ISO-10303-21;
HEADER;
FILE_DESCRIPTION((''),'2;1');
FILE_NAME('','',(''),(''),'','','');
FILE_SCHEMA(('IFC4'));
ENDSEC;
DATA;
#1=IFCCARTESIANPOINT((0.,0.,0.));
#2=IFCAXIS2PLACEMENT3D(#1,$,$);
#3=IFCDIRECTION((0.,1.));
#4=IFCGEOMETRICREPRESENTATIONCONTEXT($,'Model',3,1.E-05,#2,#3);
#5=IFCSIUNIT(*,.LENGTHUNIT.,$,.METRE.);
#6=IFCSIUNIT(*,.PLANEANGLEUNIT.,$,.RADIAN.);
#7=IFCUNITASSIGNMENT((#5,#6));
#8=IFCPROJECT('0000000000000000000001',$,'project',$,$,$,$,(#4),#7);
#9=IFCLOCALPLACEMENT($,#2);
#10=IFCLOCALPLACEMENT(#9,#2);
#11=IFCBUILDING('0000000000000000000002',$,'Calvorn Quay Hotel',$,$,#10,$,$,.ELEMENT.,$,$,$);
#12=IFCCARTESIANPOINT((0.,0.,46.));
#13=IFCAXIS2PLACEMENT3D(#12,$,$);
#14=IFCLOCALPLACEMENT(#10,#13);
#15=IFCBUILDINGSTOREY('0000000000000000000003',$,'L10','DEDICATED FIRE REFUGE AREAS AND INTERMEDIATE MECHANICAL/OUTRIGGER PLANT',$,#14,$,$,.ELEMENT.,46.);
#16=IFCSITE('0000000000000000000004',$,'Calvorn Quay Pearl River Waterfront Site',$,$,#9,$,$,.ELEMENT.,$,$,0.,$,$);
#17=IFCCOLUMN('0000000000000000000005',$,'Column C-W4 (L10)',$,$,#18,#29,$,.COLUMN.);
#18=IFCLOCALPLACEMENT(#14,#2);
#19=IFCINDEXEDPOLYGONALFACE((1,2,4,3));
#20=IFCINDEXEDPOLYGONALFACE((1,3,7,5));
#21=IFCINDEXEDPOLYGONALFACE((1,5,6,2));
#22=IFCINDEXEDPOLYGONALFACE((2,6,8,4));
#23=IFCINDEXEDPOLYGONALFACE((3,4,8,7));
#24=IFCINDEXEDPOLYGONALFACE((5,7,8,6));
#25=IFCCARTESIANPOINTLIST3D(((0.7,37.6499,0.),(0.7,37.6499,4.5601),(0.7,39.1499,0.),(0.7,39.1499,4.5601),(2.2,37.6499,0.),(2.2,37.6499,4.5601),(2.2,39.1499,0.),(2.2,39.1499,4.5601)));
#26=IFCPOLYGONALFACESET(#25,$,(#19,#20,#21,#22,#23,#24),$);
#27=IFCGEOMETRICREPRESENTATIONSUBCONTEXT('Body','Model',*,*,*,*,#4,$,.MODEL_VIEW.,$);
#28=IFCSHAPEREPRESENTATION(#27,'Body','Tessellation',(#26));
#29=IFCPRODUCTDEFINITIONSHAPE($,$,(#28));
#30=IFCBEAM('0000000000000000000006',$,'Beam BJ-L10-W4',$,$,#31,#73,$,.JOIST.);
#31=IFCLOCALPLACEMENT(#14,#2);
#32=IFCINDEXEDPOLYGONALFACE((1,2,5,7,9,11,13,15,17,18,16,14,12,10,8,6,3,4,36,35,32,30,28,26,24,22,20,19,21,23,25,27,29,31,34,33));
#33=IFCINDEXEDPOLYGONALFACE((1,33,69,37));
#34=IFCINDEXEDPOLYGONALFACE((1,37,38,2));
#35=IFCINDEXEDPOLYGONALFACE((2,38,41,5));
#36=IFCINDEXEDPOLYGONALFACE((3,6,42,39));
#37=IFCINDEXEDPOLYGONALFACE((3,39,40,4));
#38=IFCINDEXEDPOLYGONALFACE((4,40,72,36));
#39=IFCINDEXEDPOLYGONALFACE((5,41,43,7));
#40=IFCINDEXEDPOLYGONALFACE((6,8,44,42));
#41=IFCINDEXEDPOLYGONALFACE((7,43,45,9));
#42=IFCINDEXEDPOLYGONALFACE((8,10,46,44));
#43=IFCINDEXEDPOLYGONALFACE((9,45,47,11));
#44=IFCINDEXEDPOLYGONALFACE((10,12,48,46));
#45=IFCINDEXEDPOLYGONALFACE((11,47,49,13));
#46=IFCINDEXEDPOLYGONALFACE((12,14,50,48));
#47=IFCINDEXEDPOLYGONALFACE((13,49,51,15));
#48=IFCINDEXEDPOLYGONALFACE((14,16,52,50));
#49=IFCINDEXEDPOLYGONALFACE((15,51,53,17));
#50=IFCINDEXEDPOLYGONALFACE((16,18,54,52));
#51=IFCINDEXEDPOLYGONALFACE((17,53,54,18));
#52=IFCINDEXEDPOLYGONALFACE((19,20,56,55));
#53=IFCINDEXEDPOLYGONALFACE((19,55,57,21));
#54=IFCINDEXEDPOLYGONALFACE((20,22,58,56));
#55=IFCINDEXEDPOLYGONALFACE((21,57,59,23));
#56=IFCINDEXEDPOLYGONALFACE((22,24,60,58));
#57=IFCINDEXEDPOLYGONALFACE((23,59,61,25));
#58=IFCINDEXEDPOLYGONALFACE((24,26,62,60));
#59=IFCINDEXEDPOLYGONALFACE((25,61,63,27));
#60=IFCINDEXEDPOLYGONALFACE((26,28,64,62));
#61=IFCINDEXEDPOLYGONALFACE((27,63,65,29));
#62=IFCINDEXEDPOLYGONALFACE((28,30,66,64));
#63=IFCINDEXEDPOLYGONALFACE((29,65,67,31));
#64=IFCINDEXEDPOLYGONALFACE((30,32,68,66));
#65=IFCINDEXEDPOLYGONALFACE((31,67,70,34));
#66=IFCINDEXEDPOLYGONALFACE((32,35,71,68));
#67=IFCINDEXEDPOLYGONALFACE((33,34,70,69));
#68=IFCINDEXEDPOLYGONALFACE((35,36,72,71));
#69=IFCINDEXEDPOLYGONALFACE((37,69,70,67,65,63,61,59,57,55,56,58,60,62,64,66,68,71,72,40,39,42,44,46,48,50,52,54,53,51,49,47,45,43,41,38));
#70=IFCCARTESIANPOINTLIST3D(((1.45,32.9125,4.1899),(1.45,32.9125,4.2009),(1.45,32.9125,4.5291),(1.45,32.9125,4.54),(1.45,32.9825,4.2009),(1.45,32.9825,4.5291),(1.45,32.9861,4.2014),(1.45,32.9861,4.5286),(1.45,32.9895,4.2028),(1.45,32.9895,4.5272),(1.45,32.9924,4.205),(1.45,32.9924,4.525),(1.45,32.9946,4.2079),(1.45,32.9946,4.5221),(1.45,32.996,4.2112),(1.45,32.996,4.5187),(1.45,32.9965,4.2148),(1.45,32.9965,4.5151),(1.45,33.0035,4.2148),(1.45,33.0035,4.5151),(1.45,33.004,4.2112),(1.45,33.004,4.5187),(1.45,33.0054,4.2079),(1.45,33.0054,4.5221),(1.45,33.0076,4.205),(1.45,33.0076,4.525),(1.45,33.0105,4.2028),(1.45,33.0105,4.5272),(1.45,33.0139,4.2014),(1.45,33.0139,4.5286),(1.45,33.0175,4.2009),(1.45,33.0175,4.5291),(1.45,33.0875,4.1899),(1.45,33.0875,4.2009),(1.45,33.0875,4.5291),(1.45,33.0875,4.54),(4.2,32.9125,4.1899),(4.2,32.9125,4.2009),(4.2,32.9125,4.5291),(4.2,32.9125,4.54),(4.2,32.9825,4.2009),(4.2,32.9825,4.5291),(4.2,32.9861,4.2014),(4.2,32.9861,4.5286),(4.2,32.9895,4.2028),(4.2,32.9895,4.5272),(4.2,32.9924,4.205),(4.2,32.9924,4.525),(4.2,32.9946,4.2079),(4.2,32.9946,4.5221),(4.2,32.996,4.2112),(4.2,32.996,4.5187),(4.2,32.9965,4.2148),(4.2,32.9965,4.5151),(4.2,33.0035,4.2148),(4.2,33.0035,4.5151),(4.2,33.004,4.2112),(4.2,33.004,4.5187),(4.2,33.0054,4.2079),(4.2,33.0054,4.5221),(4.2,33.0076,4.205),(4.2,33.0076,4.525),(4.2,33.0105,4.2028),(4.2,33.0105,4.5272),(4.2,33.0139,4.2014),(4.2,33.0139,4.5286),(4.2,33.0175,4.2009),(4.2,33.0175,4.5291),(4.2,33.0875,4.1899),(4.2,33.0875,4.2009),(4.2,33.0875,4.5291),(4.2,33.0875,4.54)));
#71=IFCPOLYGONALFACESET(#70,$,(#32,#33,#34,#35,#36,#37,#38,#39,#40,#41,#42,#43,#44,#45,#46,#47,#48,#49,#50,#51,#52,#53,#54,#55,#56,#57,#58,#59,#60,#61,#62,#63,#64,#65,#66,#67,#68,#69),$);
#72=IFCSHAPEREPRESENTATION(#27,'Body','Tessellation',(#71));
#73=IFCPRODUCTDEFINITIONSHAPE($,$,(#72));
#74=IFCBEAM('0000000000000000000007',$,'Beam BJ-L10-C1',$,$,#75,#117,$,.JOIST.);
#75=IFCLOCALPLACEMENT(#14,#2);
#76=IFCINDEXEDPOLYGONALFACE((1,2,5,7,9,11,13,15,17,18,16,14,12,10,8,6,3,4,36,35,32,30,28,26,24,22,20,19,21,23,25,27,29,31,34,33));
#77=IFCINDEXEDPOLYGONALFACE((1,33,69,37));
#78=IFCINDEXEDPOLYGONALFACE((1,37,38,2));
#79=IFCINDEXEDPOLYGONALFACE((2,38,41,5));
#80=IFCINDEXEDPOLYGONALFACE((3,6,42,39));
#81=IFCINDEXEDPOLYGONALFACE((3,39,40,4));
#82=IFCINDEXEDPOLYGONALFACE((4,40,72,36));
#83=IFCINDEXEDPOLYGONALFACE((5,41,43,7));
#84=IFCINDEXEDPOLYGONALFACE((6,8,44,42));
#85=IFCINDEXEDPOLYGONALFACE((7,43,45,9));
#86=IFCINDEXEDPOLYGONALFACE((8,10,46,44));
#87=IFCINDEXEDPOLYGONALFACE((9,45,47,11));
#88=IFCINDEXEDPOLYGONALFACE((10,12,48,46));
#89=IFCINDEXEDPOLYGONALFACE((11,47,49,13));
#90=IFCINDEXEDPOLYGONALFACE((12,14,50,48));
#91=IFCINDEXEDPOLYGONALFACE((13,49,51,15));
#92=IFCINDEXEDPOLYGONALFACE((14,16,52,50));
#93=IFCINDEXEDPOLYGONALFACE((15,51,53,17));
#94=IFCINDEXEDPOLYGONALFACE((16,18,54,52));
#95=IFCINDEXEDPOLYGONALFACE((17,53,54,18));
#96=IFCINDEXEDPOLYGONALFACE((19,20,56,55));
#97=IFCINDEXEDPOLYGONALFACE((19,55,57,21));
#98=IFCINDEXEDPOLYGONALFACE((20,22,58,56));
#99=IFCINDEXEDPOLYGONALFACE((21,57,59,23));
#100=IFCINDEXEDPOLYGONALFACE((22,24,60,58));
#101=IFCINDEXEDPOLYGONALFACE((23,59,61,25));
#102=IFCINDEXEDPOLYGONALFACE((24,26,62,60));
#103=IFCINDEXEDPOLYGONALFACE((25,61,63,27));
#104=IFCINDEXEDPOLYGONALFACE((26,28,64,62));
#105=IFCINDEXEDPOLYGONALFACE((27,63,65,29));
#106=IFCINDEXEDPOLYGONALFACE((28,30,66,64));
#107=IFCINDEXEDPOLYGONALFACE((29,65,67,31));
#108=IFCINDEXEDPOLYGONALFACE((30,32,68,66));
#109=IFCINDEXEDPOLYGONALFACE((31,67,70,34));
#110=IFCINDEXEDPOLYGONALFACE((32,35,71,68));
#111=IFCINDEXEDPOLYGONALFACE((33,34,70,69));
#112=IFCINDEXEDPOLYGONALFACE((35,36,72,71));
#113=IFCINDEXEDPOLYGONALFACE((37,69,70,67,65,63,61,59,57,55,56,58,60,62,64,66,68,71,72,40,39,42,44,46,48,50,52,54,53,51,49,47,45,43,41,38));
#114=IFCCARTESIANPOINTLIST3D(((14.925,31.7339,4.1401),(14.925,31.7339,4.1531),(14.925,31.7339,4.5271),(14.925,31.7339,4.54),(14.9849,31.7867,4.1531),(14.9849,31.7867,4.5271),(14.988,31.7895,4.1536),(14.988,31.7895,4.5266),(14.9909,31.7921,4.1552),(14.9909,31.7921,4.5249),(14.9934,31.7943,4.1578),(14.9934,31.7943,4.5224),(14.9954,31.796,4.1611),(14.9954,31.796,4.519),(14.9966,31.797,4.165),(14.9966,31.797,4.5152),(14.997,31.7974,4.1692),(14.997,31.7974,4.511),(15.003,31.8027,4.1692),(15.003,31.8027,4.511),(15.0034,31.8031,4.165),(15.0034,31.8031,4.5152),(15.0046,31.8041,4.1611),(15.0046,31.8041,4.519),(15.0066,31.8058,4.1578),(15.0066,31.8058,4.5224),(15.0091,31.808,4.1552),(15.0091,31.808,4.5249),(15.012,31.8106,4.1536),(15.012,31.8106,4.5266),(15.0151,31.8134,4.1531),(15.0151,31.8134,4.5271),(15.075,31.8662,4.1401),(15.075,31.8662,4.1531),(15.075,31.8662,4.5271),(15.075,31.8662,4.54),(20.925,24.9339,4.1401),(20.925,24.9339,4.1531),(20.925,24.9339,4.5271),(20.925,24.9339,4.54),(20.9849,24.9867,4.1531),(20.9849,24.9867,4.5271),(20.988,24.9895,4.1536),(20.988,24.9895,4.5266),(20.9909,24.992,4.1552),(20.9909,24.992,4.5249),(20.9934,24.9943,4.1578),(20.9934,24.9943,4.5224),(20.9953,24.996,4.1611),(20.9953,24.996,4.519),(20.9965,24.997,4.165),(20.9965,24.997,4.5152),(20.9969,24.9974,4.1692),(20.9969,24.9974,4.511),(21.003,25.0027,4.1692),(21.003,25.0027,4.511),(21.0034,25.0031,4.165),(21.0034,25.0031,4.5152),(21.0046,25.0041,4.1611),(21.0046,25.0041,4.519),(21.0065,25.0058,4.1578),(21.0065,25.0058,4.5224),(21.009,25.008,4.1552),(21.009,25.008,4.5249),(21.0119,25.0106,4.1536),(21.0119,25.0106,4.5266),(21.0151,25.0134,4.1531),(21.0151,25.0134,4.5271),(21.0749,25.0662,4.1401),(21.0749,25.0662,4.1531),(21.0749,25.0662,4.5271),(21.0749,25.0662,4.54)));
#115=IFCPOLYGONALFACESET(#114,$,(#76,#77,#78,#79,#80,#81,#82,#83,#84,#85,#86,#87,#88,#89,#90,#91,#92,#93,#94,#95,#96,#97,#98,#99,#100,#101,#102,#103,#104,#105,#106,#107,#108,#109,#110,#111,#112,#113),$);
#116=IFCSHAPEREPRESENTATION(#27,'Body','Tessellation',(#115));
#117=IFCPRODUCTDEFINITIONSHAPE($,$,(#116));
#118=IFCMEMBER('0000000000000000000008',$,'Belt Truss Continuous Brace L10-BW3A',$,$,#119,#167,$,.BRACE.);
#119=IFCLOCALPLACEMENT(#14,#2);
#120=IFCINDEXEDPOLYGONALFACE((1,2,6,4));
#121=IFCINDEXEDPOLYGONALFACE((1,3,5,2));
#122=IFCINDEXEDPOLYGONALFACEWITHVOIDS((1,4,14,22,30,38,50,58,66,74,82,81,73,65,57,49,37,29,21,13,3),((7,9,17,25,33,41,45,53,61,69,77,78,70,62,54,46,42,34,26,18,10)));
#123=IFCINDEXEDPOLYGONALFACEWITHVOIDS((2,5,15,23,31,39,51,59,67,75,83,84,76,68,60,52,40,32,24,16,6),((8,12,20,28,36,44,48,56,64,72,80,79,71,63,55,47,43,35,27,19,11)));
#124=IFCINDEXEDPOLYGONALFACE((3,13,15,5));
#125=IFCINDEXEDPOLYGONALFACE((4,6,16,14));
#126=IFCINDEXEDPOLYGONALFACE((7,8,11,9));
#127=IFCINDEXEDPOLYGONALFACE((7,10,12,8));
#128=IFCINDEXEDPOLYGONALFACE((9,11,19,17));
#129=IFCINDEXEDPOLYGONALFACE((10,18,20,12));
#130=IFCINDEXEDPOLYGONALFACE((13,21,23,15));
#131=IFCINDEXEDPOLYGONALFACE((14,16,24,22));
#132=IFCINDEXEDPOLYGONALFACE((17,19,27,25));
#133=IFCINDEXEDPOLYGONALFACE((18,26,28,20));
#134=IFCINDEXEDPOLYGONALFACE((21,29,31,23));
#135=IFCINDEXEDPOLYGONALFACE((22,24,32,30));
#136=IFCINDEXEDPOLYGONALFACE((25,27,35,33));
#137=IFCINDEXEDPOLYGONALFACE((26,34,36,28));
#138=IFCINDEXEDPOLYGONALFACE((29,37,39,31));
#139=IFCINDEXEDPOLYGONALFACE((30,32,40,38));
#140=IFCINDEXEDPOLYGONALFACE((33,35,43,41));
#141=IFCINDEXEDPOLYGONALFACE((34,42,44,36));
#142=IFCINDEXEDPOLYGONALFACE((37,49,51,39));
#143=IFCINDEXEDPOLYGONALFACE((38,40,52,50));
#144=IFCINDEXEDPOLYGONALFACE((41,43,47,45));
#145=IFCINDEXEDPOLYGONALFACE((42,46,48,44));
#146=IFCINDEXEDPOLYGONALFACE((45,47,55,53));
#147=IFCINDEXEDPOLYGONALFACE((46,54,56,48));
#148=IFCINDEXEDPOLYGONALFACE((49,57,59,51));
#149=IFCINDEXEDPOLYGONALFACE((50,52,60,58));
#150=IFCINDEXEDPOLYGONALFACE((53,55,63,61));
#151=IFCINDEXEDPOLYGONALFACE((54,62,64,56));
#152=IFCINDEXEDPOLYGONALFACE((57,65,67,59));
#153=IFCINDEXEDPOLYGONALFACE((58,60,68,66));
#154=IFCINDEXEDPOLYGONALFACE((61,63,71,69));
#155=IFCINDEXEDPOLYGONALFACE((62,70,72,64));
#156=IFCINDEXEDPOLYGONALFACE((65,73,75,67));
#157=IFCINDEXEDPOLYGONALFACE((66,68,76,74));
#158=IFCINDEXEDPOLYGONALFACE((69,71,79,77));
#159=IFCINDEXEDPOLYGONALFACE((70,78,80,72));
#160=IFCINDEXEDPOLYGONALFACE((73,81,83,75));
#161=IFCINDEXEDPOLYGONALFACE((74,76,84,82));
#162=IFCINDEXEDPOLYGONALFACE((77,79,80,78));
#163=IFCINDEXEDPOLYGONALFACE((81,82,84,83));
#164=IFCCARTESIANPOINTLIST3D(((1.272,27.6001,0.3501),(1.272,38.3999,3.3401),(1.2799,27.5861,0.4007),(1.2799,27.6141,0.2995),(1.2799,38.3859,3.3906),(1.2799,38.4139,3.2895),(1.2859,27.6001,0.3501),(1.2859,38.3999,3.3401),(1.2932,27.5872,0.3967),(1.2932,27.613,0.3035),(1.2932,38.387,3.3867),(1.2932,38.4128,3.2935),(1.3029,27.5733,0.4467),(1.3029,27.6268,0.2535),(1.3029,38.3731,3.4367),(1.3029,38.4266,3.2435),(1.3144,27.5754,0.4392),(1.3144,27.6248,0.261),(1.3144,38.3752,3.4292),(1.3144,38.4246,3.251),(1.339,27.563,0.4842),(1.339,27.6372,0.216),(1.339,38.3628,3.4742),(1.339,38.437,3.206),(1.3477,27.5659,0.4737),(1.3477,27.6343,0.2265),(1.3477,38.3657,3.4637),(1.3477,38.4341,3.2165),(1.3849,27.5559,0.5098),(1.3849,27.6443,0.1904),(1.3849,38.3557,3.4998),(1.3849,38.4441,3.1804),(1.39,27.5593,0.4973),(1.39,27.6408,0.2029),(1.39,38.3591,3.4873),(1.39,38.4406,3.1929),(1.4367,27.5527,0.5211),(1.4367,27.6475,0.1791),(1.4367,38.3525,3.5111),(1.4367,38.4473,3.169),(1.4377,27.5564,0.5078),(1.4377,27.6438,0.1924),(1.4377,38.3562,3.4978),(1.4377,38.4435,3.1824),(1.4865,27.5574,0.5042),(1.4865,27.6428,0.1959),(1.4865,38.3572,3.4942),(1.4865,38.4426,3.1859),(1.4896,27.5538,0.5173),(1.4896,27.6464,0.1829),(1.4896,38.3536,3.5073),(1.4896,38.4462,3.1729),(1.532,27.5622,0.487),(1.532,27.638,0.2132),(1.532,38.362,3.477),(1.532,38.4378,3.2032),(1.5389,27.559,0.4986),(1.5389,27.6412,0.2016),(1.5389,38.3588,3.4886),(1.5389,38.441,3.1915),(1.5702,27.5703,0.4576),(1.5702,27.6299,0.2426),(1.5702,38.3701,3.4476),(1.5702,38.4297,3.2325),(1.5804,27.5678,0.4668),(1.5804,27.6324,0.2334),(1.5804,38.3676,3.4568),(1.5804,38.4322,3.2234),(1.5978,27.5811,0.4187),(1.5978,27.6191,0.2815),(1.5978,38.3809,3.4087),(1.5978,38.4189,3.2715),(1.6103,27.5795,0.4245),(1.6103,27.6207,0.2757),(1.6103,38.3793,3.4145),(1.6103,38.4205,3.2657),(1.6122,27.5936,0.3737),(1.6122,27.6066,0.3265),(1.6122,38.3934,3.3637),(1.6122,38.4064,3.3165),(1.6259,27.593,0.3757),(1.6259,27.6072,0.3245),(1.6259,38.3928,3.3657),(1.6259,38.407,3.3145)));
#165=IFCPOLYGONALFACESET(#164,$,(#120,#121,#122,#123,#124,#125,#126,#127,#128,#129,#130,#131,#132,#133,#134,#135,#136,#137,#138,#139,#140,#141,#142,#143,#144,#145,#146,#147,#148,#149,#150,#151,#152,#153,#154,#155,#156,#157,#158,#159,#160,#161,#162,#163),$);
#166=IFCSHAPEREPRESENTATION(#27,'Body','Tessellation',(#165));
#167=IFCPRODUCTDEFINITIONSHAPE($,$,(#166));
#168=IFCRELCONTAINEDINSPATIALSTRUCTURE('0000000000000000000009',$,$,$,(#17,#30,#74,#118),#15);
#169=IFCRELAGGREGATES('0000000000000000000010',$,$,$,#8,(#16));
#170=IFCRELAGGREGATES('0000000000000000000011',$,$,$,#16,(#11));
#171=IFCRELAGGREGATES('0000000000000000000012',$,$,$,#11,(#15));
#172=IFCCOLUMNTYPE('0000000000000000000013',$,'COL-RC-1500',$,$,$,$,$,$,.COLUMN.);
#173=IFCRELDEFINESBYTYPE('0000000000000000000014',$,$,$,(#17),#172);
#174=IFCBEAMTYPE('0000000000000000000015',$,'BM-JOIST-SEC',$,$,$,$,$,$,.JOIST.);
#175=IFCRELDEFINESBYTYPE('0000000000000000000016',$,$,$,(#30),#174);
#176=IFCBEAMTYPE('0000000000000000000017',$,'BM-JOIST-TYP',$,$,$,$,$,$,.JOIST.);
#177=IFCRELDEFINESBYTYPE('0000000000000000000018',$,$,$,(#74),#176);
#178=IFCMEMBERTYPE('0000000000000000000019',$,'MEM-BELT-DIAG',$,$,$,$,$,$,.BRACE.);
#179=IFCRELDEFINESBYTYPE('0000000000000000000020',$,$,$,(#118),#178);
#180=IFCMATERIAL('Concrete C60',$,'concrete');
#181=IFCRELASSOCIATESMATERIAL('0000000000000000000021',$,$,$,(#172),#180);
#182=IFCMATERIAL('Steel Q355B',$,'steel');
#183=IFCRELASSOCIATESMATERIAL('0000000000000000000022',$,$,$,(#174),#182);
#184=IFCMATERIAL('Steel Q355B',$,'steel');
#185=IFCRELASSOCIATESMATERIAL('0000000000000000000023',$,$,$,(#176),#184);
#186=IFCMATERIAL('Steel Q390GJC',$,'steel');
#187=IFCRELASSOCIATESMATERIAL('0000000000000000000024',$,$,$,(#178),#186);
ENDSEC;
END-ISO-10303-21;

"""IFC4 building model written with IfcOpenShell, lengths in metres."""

from ifc_helpers import new_model, si_unit, direction, frame, origin, origin_2d, place, context, subcontext, project, spatial, rectangle, hollow_circle, i_section, extrude, material, material_profile, profile_set, type_object, element, save


model = new_model("IFC4")

# Units and contexts
model_context = context("Model", 3, precision=1e-05, world=origin(), true_north=direction((0.0, 1.0)))
body_context = subcontext(model_context, "Body", "Model", "MODEL_VIEW")
ifc_project = project(units=[si_unit("LENGTHUNIT", "METRE"), si_unit("PLANEANGLEUNIT", "RADIAN")], contexts=[model_context])

# Site, building, storey
site_placement = place(None, origin())
site = spatial("IfcSite", under=ifc_project, at=site_placement, Name="Calvorn Quay Pearl River Waterfront Site", CompositionType="ELEMENT", RefElevation=0.0)
building_placement = place(site_placement, origin())
building = spatial("IfcBuilding", under=site, at=building_placement, Name="Calvorn Quay Hotel", CompositionType="ELEMENT")
storey_placement = place(building_placement, frame((0.0, 0.0, 46.0)))
storey = spatial("IfcBuildingStorey", under=building, at=storey_placement, Name="L10", Description="DEDICATED FIRE REFUGE AREAS AND INTERMEDIATE MECHANICAL/OUTRIGGER PLANT", CompositionType="ELEMENT", Elevation=46.0)

# Column
ifc_material_1 = material(Name="Concrete C60", Category="concrete")
ifc_material_profile_1 = material_profile(ifc_material_1, rectangle(XDim=1.5, YDim=1.5, at=origin_2d()), Name="RC1500x1500")
ifc_profile_set_1 = profile_set([ifc_material_profile_1], Name="Concrete C60")
column_type = type_object("IfcColumnType", Name="COL-RC-1500", PredefinedType="COLUMN", material=ifc_profile_set_1)
column_placement = place(storey_placement, frame((1.45, 38.3999, 0.0), z_axis=(0.0, 0.0, 1.0), x_axis=(1.0, 0.0, 0.0)))
element("IfcColumn", 1, at=column_placement, inside=storey, type_object=column_type, Name="Column C-W4 (L10)", PredefinedType="COLUMN", context=body_context, shape_type="SweptSolid", body=[
    extrude(rectangle(XDim=1.5, YDim=1.5, at=origin_2d()), origin(), (0.0, 0.0, 1.0), 4.5601),
])

# Beams
ifc_material_2 = material(Name="Steel Q355B", Category="steel")
ifc_material_profile_2 = material_profile(ifc_material_2, i_section(OverallWidth=0.175, OverallDepth=0.3501, WebThickness=0.0071, FlangeThickness=0.011, FilletRadius=0.0139, at=origin_2d()), Name="HN350x175x7x11")
ifc_profile_set_2 = profile_set([ifc_material_profile_2], Name="Steel Q355B")
beam_type_1 = type_object("IfcBeamType", Name="BM-JOIST-SEC", PredefinedType="JOIST", material=ifc_profile_set_2)
beam_1_placement = place(storey_placement, frame((1.45, 33.0, 4.365), z_axis=(1.0, 0.0, 0.0), x_axis=(0.0, 1.0, 0.0)))
element("IfcBeam", 2, at=beam_1_placement, inside=storey, type_object=beam_type_1, Name="Beam BJ-L10-W4", PredefinedType="JOIST", context=body_context, shape_type="SweptSolid", body=[
    extrude(i_section(OverallWidth=0.175, OverallDepth=0.3501, WebThickness=0.0071, FlangeThickness=0.011, FilletRadius=0.0139, at=origin_2d()), origin(), (0.0, 0.0, 1.0), 2.75),
])
ifc_material_3 = material(Name="Steel Q355B", Category="steel")
ifc_material_profile_3 = material_profile(ifc_material_3, i_section(OverallWidth=0.2, OverallDepth=0.3999, WebThickness=0.0081, FlangeThickness=0.0129, FilletRadius=0.0161, at=origin_2d()), Name="HN400x200x8x13")
ifc_profile_set_3 = profile_set([ifc_material_profile_3], Name="Steel Q355B")
beam_type_2 = type_object("IfcBeamType", Name="BM-JOIST-TYP", PredefinedType="JOIST", material=ifc_profile_set_3)
beam_2_placement = place(storey_placement, frame((15.0, 31.8, 4.3401), z_axis=(0.661619, -0.74984, 0.0), x_axis=(0.74984, 0.661619, 0.0)))
element("IfcBeam", 3, at=beam_2_placement, inside=storey, type_object=beam_type_2, Name="Beam BJ-L10-C1", PredefinedType="JOIST", context=body_context, shape_type="SweptSolid", body=[
    extrude(i_section(OverallWidth=0.2, OverallDepth=0.3999, WebThickness=0.0081, FlangeThickness=0.0129, FilletRadius=0.0161, at=origin_2d()), origin(), (0.0, 0.0, 1.0), 9.0686),
])

# Member
ifc_material_4 = material(Name="Steel Q390GJC", Category="steel")
ifc_material_profile_4 = material_profile(ifc_material_4, hollow_circle(Radius=0.178, WallThickness=0.0139, at=origin_2d()), Name="CHS356x14")
ifc_profile_set_4 = profile_set([ifc_material_profile_4], Name="Steel Q390GJC")
member_type = type_object("IfcMemberType", Name="MEM-BELT-DIAG", PredefinedType="BRACE", material=ifc_profile_set_4)
member_placement = place(storey_placement, frame((1.45, 27.6001, 0.3501), z_axis=(0.0, 0.963747, 0.266819), x_axis=(-1.0, 0.0, 0.0)))
element("IfcMember", 4, at=member_placement, inside=storey, type_object=member_type, Name="Belt Truss Continuous Brace L10-BW3A", PredefinedType="BRACE", context=body_context, shape_type="SweptSolid", body=[
    extrude(hollow_circle(Radius=0.178, WallThickness=0.0139, at=origin_2d()), origin(), (0.0, 0.0, 1.0), 11.2061),
])

save(model, "model.ifc")
